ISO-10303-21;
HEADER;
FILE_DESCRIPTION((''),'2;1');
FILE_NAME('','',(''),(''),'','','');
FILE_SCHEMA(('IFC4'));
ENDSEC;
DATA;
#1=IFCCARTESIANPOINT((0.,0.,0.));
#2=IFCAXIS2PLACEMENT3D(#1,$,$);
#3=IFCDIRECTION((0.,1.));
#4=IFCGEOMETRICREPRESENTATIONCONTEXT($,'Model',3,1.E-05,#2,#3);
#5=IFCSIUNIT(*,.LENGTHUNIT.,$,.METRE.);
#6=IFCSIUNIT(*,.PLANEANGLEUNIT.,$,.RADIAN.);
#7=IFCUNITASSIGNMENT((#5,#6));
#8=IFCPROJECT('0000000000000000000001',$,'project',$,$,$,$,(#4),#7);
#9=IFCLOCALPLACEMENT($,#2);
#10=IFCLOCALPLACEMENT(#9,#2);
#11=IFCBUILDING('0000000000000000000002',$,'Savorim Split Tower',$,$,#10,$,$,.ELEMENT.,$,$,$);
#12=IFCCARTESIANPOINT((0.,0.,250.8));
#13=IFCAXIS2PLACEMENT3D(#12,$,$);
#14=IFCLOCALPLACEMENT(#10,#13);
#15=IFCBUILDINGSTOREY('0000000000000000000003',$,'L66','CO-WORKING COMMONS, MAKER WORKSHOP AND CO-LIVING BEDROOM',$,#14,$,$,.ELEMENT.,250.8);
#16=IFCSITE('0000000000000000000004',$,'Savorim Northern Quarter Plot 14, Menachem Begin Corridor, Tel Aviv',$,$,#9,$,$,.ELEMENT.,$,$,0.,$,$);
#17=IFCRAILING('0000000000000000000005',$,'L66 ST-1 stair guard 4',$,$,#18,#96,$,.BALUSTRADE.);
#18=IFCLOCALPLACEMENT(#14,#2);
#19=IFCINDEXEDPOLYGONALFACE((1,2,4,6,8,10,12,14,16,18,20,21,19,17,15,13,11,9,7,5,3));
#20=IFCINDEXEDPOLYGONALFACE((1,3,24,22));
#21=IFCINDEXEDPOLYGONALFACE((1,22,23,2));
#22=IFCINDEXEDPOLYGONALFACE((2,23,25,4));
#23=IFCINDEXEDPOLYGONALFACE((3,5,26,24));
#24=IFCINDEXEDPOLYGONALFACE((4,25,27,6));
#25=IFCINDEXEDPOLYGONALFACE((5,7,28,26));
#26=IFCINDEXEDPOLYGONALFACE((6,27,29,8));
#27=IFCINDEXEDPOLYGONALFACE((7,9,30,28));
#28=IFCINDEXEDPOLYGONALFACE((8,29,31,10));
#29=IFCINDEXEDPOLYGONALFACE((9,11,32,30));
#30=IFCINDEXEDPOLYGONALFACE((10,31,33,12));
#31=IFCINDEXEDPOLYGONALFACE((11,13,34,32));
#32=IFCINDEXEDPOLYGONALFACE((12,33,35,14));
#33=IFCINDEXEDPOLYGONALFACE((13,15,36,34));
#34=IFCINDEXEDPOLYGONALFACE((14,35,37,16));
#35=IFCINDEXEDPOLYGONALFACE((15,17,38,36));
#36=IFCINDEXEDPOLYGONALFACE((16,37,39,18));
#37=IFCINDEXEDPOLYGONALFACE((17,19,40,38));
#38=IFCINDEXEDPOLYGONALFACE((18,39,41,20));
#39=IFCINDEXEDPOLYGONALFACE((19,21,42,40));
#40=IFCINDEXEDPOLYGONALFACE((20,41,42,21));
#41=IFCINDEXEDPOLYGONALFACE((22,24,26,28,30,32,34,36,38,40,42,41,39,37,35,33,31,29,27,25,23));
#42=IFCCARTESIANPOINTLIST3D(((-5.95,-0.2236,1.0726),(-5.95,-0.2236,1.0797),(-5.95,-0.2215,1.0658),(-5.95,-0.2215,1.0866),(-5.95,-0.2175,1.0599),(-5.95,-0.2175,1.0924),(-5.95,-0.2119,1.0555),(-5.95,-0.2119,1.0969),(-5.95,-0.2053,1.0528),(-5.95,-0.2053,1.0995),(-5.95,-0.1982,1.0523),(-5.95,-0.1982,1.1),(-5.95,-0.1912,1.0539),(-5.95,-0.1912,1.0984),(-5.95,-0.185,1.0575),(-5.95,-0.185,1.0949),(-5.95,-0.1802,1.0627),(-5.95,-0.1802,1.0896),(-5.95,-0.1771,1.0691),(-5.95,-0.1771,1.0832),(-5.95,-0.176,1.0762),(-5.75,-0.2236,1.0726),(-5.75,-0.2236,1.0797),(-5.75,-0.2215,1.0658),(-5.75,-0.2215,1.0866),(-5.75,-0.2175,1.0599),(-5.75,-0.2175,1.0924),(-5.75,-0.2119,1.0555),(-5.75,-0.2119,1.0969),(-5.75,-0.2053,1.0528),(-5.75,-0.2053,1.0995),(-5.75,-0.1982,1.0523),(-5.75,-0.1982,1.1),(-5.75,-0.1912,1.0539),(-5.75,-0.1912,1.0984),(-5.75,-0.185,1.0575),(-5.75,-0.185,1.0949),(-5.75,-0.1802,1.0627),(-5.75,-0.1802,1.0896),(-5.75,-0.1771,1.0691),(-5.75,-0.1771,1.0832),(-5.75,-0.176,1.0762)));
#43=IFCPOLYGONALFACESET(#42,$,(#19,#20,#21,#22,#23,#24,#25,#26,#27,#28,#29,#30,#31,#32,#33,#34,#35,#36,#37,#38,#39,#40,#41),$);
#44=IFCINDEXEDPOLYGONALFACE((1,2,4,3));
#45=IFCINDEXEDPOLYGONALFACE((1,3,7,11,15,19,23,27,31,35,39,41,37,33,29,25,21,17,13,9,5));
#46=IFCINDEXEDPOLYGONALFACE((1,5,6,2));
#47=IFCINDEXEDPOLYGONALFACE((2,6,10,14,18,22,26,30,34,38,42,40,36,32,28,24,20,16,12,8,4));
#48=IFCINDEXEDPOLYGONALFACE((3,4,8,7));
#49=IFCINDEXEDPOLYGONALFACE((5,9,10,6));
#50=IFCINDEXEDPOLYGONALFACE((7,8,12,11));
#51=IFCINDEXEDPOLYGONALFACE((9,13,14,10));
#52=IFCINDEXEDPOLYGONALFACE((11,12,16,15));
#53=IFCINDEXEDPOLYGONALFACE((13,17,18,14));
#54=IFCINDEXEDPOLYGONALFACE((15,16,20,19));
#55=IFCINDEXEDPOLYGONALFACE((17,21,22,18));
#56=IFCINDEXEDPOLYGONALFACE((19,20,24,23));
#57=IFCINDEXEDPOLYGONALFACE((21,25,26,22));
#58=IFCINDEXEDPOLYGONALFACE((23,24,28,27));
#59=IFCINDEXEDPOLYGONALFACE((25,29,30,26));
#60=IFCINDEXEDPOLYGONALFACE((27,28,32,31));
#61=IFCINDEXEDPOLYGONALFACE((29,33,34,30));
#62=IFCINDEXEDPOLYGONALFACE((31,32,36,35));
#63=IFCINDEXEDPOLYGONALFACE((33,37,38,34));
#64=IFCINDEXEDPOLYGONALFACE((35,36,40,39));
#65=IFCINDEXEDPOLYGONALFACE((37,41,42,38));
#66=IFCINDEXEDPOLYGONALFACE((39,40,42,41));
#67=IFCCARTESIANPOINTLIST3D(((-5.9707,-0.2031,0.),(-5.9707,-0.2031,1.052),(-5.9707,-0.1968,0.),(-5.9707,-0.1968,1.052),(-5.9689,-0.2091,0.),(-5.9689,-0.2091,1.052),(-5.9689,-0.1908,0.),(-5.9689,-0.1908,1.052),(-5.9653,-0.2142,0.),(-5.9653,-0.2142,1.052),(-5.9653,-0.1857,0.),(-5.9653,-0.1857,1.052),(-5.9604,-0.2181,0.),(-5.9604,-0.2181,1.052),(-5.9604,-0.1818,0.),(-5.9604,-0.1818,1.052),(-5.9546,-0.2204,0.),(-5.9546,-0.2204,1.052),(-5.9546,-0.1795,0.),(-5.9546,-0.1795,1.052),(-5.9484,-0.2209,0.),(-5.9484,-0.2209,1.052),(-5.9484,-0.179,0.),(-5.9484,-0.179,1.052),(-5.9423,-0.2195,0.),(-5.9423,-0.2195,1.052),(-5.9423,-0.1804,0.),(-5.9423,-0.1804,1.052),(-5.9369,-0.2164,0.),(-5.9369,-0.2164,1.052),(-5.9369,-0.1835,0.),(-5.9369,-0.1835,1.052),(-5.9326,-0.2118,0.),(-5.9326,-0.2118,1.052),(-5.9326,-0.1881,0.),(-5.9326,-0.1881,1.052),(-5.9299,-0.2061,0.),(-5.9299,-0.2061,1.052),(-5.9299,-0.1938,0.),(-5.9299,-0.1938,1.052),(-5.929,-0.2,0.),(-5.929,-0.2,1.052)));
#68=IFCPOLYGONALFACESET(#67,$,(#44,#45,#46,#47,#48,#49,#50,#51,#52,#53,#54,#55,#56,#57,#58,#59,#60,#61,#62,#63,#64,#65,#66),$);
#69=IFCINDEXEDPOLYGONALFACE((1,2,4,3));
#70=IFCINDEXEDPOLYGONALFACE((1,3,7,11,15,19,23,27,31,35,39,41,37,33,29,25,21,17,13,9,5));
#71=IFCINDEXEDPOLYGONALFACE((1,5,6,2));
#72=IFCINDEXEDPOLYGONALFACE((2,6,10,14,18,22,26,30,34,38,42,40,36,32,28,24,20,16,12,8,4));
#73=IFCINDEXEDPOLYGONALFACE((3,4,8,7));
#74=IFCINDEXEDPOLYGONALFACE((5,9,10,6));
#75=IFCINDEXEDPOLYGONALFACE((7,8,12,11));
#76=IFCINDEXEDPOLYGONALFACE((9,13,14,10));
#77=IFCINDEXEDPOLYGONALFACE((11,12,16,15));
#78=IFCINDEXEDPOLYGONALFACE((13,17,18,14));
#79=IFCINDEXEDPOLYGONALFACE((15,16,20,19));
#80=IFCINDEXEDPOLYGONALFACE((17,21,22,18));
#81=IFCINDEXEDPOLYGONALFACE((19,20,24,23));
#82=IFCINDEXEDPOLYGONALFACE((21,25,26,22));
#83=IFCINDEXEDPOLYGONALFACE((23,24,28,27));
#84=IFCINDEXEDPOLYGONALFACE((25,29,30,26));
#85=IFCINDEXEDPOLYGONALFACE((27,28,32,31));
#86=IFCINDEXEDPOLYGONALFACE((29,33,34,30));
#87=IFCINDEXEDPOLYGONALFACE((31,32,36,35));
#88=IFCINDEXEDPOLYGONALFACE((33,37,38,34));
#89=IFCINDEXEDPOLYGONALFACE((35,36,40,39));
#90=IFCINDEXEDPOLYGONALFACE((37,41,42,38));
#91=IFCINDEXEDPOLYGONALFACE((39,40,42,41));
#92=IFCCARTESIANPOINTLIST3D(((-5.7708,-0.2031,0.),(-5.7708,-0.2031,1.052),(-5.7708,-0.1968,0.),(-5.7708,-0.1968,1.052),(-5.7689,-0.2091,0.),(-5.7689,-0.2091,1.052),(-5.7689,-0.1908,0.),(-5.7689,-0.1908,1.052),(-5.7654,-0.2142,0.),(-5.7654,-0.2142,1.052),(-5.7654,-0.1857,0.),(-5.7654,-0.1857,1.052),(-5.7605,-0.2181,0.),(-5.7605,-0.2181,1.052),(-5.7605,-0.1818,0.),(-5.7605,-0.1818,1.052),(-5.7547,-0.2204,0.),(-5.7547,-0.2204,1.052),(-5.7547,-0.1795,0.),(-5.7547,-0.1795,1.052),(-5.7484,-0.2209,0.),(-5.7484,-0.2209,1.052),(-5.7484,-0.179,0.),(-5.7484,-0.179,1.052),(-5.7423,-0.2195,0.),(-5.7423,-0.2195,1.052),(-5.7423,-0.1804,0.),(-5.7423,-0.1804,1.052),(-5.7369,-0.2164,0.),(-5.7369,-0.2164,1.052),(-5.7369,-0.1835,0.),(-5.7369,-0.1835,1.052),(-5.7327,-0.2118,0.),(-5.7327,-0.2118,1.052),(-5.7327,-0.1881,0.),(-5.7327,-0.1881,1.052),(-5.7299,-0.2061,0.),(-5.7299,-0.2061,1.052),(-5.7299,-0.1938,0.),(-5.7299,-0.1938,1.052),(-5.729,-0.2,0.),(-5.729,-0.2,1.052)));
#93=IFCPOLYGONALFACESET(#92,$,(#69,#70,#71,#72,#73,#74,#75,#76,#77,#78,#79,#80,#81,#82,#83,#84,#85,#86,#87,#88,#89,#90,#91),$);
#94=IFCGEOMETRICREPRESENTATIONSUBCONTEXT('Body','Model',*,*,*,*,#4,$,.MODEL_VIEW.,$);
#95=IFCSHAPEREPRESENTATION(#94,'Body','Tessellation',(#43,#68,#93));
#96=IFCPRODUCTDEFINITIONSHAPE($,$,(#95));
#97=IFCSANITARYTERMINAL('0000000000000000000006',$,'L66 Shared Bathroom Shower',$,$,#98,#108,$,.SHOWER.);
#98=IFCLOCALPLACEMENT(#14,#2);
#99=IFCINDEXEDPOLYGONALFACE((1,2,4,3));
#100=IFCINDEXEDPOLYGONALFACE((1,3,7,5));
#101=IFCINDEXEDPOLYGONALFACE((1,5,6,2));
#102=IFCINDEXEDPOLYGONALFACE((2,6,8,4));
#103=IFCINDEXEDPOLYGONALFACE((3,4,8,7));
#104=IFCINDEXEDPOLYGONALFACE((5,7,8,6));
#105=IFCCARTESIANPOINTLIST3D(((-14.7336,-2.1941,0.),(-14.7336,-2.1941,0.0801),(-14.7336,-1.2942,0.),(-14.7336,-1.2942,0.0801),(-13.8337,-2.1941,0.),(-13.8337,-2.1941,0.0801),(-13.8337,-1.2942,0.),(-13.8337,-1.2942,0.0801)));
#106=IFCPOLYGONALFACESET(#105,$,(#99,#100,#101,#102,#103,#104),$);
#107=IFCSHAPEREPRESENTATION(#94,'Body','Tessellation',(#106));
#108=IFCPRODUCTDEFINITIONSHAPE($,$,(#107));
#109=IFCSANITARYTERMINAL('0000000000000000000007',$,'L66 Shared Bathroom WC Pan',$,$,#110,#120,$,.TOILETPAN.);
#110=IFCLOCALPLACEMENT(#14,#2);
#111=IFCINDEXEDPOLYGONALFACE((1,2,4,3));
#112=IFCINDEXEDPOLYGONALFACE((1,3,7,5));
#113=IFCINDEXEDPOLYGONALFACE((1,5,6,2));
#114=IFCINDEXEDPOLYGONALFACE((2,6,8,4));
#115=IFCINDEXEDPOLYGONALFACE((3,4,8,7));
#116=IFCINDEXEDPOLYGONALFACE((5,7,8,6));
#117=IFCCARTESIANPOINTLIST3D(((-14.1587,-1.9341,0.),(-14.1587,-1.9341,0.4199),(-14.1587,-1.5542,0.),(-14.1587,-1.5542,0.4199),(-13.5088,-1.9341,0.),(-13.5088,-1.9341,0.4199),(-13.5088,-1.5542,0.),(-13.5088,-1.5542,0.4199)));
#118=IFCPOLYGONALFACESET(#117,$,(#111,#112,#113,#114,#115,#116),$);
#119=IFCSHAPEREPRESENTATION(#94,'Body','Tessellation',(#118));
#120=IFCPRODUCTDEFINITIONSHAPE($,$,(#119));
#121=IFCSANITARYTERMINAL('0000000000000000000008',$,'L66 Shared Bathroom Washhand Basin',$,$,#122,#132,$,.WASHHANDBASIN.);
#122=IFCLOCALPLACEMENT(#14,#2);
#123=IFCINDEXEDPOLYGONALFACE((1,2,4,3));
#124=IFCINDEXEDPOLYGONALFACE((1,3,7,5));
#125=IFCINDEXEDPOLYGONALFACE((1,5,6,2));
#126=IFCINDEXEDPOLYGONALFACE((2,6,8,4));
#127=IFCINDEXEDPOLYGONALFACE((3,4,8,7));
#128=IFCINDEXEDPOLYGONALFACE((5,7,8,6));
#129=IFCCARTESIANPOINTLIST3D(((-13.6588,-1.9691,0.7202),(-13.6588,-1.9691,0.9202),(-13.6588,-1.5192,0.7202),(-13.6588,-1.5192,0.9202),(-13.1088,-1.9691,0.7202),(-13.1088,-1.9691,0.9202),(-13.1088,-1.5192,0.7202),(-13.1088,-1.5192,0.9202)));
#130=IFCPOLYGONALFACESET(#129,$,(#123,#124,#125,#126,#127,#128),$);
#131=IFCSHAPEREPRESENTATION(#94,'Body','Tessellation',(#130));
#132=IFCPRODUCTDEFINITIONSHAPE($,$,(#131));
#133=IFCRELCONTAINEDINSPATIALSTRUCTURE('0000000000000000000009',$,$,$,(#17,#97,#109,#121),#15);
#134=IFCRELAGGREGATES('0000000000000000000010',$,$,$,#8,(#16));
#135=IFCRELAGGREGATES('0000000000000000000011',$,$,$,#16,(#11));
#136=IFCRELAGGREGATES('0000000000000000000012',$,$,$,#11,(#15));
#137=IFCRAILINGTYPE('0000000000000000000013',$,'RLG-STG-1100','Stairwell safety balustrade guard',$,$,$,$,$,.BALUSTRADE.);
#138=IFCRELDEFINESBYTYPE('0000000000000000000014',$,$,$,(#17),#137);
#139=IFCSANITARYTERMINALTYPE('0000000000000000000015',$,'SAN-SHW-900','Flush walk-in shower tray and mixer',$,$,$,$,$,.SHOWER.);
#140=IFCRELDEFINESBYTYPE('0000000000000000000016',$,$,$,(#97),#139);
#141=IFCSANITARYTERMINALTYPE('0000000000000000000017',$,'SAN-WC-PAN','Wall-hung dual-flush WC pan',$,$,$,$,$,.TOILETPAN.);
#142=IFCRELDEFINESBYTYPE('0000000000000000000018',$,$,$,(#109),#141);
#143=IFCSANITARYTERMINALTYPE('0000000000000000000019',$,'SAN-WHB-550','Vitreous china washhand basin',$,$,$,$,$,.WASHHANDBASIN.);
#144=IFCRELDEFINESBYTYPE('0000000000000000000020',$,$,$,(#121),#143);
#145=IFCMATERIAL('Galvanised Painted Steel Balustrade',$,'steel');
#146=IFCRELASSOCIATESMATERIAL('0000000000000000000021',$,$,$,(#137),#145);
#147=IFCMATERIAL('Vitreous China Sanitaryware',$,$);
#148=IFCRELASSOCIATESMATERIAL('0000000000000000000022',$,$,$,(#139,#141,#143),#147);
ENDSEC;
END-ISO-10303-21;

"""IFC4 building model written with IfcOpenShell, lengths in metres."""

from ifc_helpers import new_model, si_unit, direction, frame, origin, origin_2d, place, context, subcontext, project, spatial, rectangle, circle, extrude, material, type_object, element, save


model = new_model("IFC4")

# Units and contexts
model_context = context("Model", 3, precision=1e-05, world=origin(), true_north=direction((0.0, 1.0)))
body_context = subcontext(model_context, "Body", "Model", "MODEL_VIEW")
ifc_project = project(units=[si_unit("LENGTHUNIT", "METRE"), si_unit("PLANEANGLEUNIT", "RADIAN")], contexts=[model_context])

# Site, building, storey
site_placement = place(None, origin())
site = spatial("IfcSite", under=ifc_project, at=site_placement, Name="Savorim Northern Quarter Plot 14, Menachem Begin Corridor, Tel Aviv", CompositionType="ELEMENT", RefElevation=0.0)
building_placement = place(site_placement, origin())
building = spatial("IfcBuilding", under=site, at=building_placement, Name="Savorim Split Tower", CompositionType="ELEMENT")
storey_placement = place(building_placement, frame((0.0, 0.0, 250.8)))
storey = spatial("IfcBuildingStorey", under=building, at=storey_placement, Name="L66", Description="CO-WORKING COMMONS, MAKER WORKSHOP AND CO-LIVING BEDROOM", CompositionType="ELEMENT", Elevation=250.8)

# Railing
ifc_material_1 = material(Name="Galvanised Painted Steel Balustrade", Category="steel")
railing_type_1 = type_object("IfcRailingType", Name="RLG-STG-1100", Description="Stairwell safety balustrade guard", PredefinedType="BALUSTRADE", material=ifc_material_1)
railing_1_placement = place(storey_placement, frame((-5.95, -0.2, 0.0)))
element("IfcRailing", 1, at=railing_1_placement, inside=storey, type_object=railing_type_1, Name="L66 ST-1 stair guard 4", PredefinedType="BALUSTRADE", context=body_context, shape_type="SweptSolid", body=[
    extrude(circle(Radius=0.0239, at=origin_2d()), frame((0.0, 0.0, 1.0762), z_axis=(1.0, 0.0, 0.0), x_axis=(0.0, 1.0, 0.0)), (0.0, 0.0, 1.0), 0.2),
    extrude(circle(Radius=0.021, at=origin_2d()), origin(), (0.0, 0.0, 1.0), 1.052),
    extrude(circle(Radius=0.021, at=origin_2d()), frame((0.2, 0.0, 0.0)), (0.0, 0.0, 1.0), 1.052),
])

# Sanitary terminals
ifc_material_2 = material(Name="Vitreous China Sanitaryware")
sanitary_terminal_type_1 = type_object("IfcSanitaryTerminalType", Name="SAN-SHW-900", Description="Flush walk-in shower tray and mixer", PredefinedType="SHOWER", material=ifc_material_2)
sanitary_terminal_1_placement = place(storey_placement, frame((-14.2837, -1.7441, 0.0), z_axis=(0.0, 0.0, 1.0), x_axis=(1.0, 0.0, 0.0)))
element("IfcSanitaryTerminal", 2, at=sanitary_terminal_1_placement, inside=storey, type_object=sanitary_terminal_type_1, Name="L66 Shared Bathroom Shower", PredefinedType="SHOWER", context=body_context, shape_type="SweptSolid", body=[
    extrude(rectangle(XDim=0.8999, YDim=0.8999, at=origin_2d()), origin(), (0.0, 0.0, 1.0), 0.0801),
])
sanitary_terminal_type_2 = type_object("IfcSanitaryTerminalType", Name="SAN-WC-PAN", Description="Wall-hung dual-flush WC pan", PredefinedType="TOILETPAN", material=ifc_material_2)
sanitary_terminal_2_placement = place(storey_placement, frame((-13.8337, -1.7441, 0.0), z_axis=(0.0, 0.0, 1.0), x_axis=(1.0, 0.0, 0.0)))
element("IfcSanitaryTerminal", 3, at=sanitary_terminal_2_placement, inside=storey, type_object=sanitary_terminal_type_2, Name="L66 Shared Bathroom WC Pan", PredefinedType="TOILETPAN", context=body_context, shape_type="SweptSolid", body=[
    extrude(rectangle(XDim=0.6499, YDim=0.3799, at=origin_2d()), origin(), (0.0, 0.0, 1.0), 0.4199),
])
sanitary_terminal_type_3 = type_object("IfcSanitaryTerminalType", Name="SAN-WHB-550", Description="Vitreous china washhand basin", PredefinedType="WASHHANDBASIN", material=ifc_material_2)
sanitary_terminal_3_placement = place(storey_placement, frame((-13.3838, -1.7441, 0.7202), z_axis=(0.0, 0.0, 1.0), x_axis=(1.0, 0.0, 0.0)))
element("IfcSanitaryTerminal", 4, at=sanitary_terminal_3_placement, inside=storey, type_object=sanitary_terminal_type_3, Name="L66 Shared Bathroom Washhand Basin", PredefinedType="WASHHANDBASIN", context=body_context, shape_type="SweptSolid", body=[
    extrude(rectangle(XDim=0.55, YDim=0.45, at=origin_2d()), origin(), (0.0, 0.0, 1.0), 0.2),
])

save(model, "model.ifc")
